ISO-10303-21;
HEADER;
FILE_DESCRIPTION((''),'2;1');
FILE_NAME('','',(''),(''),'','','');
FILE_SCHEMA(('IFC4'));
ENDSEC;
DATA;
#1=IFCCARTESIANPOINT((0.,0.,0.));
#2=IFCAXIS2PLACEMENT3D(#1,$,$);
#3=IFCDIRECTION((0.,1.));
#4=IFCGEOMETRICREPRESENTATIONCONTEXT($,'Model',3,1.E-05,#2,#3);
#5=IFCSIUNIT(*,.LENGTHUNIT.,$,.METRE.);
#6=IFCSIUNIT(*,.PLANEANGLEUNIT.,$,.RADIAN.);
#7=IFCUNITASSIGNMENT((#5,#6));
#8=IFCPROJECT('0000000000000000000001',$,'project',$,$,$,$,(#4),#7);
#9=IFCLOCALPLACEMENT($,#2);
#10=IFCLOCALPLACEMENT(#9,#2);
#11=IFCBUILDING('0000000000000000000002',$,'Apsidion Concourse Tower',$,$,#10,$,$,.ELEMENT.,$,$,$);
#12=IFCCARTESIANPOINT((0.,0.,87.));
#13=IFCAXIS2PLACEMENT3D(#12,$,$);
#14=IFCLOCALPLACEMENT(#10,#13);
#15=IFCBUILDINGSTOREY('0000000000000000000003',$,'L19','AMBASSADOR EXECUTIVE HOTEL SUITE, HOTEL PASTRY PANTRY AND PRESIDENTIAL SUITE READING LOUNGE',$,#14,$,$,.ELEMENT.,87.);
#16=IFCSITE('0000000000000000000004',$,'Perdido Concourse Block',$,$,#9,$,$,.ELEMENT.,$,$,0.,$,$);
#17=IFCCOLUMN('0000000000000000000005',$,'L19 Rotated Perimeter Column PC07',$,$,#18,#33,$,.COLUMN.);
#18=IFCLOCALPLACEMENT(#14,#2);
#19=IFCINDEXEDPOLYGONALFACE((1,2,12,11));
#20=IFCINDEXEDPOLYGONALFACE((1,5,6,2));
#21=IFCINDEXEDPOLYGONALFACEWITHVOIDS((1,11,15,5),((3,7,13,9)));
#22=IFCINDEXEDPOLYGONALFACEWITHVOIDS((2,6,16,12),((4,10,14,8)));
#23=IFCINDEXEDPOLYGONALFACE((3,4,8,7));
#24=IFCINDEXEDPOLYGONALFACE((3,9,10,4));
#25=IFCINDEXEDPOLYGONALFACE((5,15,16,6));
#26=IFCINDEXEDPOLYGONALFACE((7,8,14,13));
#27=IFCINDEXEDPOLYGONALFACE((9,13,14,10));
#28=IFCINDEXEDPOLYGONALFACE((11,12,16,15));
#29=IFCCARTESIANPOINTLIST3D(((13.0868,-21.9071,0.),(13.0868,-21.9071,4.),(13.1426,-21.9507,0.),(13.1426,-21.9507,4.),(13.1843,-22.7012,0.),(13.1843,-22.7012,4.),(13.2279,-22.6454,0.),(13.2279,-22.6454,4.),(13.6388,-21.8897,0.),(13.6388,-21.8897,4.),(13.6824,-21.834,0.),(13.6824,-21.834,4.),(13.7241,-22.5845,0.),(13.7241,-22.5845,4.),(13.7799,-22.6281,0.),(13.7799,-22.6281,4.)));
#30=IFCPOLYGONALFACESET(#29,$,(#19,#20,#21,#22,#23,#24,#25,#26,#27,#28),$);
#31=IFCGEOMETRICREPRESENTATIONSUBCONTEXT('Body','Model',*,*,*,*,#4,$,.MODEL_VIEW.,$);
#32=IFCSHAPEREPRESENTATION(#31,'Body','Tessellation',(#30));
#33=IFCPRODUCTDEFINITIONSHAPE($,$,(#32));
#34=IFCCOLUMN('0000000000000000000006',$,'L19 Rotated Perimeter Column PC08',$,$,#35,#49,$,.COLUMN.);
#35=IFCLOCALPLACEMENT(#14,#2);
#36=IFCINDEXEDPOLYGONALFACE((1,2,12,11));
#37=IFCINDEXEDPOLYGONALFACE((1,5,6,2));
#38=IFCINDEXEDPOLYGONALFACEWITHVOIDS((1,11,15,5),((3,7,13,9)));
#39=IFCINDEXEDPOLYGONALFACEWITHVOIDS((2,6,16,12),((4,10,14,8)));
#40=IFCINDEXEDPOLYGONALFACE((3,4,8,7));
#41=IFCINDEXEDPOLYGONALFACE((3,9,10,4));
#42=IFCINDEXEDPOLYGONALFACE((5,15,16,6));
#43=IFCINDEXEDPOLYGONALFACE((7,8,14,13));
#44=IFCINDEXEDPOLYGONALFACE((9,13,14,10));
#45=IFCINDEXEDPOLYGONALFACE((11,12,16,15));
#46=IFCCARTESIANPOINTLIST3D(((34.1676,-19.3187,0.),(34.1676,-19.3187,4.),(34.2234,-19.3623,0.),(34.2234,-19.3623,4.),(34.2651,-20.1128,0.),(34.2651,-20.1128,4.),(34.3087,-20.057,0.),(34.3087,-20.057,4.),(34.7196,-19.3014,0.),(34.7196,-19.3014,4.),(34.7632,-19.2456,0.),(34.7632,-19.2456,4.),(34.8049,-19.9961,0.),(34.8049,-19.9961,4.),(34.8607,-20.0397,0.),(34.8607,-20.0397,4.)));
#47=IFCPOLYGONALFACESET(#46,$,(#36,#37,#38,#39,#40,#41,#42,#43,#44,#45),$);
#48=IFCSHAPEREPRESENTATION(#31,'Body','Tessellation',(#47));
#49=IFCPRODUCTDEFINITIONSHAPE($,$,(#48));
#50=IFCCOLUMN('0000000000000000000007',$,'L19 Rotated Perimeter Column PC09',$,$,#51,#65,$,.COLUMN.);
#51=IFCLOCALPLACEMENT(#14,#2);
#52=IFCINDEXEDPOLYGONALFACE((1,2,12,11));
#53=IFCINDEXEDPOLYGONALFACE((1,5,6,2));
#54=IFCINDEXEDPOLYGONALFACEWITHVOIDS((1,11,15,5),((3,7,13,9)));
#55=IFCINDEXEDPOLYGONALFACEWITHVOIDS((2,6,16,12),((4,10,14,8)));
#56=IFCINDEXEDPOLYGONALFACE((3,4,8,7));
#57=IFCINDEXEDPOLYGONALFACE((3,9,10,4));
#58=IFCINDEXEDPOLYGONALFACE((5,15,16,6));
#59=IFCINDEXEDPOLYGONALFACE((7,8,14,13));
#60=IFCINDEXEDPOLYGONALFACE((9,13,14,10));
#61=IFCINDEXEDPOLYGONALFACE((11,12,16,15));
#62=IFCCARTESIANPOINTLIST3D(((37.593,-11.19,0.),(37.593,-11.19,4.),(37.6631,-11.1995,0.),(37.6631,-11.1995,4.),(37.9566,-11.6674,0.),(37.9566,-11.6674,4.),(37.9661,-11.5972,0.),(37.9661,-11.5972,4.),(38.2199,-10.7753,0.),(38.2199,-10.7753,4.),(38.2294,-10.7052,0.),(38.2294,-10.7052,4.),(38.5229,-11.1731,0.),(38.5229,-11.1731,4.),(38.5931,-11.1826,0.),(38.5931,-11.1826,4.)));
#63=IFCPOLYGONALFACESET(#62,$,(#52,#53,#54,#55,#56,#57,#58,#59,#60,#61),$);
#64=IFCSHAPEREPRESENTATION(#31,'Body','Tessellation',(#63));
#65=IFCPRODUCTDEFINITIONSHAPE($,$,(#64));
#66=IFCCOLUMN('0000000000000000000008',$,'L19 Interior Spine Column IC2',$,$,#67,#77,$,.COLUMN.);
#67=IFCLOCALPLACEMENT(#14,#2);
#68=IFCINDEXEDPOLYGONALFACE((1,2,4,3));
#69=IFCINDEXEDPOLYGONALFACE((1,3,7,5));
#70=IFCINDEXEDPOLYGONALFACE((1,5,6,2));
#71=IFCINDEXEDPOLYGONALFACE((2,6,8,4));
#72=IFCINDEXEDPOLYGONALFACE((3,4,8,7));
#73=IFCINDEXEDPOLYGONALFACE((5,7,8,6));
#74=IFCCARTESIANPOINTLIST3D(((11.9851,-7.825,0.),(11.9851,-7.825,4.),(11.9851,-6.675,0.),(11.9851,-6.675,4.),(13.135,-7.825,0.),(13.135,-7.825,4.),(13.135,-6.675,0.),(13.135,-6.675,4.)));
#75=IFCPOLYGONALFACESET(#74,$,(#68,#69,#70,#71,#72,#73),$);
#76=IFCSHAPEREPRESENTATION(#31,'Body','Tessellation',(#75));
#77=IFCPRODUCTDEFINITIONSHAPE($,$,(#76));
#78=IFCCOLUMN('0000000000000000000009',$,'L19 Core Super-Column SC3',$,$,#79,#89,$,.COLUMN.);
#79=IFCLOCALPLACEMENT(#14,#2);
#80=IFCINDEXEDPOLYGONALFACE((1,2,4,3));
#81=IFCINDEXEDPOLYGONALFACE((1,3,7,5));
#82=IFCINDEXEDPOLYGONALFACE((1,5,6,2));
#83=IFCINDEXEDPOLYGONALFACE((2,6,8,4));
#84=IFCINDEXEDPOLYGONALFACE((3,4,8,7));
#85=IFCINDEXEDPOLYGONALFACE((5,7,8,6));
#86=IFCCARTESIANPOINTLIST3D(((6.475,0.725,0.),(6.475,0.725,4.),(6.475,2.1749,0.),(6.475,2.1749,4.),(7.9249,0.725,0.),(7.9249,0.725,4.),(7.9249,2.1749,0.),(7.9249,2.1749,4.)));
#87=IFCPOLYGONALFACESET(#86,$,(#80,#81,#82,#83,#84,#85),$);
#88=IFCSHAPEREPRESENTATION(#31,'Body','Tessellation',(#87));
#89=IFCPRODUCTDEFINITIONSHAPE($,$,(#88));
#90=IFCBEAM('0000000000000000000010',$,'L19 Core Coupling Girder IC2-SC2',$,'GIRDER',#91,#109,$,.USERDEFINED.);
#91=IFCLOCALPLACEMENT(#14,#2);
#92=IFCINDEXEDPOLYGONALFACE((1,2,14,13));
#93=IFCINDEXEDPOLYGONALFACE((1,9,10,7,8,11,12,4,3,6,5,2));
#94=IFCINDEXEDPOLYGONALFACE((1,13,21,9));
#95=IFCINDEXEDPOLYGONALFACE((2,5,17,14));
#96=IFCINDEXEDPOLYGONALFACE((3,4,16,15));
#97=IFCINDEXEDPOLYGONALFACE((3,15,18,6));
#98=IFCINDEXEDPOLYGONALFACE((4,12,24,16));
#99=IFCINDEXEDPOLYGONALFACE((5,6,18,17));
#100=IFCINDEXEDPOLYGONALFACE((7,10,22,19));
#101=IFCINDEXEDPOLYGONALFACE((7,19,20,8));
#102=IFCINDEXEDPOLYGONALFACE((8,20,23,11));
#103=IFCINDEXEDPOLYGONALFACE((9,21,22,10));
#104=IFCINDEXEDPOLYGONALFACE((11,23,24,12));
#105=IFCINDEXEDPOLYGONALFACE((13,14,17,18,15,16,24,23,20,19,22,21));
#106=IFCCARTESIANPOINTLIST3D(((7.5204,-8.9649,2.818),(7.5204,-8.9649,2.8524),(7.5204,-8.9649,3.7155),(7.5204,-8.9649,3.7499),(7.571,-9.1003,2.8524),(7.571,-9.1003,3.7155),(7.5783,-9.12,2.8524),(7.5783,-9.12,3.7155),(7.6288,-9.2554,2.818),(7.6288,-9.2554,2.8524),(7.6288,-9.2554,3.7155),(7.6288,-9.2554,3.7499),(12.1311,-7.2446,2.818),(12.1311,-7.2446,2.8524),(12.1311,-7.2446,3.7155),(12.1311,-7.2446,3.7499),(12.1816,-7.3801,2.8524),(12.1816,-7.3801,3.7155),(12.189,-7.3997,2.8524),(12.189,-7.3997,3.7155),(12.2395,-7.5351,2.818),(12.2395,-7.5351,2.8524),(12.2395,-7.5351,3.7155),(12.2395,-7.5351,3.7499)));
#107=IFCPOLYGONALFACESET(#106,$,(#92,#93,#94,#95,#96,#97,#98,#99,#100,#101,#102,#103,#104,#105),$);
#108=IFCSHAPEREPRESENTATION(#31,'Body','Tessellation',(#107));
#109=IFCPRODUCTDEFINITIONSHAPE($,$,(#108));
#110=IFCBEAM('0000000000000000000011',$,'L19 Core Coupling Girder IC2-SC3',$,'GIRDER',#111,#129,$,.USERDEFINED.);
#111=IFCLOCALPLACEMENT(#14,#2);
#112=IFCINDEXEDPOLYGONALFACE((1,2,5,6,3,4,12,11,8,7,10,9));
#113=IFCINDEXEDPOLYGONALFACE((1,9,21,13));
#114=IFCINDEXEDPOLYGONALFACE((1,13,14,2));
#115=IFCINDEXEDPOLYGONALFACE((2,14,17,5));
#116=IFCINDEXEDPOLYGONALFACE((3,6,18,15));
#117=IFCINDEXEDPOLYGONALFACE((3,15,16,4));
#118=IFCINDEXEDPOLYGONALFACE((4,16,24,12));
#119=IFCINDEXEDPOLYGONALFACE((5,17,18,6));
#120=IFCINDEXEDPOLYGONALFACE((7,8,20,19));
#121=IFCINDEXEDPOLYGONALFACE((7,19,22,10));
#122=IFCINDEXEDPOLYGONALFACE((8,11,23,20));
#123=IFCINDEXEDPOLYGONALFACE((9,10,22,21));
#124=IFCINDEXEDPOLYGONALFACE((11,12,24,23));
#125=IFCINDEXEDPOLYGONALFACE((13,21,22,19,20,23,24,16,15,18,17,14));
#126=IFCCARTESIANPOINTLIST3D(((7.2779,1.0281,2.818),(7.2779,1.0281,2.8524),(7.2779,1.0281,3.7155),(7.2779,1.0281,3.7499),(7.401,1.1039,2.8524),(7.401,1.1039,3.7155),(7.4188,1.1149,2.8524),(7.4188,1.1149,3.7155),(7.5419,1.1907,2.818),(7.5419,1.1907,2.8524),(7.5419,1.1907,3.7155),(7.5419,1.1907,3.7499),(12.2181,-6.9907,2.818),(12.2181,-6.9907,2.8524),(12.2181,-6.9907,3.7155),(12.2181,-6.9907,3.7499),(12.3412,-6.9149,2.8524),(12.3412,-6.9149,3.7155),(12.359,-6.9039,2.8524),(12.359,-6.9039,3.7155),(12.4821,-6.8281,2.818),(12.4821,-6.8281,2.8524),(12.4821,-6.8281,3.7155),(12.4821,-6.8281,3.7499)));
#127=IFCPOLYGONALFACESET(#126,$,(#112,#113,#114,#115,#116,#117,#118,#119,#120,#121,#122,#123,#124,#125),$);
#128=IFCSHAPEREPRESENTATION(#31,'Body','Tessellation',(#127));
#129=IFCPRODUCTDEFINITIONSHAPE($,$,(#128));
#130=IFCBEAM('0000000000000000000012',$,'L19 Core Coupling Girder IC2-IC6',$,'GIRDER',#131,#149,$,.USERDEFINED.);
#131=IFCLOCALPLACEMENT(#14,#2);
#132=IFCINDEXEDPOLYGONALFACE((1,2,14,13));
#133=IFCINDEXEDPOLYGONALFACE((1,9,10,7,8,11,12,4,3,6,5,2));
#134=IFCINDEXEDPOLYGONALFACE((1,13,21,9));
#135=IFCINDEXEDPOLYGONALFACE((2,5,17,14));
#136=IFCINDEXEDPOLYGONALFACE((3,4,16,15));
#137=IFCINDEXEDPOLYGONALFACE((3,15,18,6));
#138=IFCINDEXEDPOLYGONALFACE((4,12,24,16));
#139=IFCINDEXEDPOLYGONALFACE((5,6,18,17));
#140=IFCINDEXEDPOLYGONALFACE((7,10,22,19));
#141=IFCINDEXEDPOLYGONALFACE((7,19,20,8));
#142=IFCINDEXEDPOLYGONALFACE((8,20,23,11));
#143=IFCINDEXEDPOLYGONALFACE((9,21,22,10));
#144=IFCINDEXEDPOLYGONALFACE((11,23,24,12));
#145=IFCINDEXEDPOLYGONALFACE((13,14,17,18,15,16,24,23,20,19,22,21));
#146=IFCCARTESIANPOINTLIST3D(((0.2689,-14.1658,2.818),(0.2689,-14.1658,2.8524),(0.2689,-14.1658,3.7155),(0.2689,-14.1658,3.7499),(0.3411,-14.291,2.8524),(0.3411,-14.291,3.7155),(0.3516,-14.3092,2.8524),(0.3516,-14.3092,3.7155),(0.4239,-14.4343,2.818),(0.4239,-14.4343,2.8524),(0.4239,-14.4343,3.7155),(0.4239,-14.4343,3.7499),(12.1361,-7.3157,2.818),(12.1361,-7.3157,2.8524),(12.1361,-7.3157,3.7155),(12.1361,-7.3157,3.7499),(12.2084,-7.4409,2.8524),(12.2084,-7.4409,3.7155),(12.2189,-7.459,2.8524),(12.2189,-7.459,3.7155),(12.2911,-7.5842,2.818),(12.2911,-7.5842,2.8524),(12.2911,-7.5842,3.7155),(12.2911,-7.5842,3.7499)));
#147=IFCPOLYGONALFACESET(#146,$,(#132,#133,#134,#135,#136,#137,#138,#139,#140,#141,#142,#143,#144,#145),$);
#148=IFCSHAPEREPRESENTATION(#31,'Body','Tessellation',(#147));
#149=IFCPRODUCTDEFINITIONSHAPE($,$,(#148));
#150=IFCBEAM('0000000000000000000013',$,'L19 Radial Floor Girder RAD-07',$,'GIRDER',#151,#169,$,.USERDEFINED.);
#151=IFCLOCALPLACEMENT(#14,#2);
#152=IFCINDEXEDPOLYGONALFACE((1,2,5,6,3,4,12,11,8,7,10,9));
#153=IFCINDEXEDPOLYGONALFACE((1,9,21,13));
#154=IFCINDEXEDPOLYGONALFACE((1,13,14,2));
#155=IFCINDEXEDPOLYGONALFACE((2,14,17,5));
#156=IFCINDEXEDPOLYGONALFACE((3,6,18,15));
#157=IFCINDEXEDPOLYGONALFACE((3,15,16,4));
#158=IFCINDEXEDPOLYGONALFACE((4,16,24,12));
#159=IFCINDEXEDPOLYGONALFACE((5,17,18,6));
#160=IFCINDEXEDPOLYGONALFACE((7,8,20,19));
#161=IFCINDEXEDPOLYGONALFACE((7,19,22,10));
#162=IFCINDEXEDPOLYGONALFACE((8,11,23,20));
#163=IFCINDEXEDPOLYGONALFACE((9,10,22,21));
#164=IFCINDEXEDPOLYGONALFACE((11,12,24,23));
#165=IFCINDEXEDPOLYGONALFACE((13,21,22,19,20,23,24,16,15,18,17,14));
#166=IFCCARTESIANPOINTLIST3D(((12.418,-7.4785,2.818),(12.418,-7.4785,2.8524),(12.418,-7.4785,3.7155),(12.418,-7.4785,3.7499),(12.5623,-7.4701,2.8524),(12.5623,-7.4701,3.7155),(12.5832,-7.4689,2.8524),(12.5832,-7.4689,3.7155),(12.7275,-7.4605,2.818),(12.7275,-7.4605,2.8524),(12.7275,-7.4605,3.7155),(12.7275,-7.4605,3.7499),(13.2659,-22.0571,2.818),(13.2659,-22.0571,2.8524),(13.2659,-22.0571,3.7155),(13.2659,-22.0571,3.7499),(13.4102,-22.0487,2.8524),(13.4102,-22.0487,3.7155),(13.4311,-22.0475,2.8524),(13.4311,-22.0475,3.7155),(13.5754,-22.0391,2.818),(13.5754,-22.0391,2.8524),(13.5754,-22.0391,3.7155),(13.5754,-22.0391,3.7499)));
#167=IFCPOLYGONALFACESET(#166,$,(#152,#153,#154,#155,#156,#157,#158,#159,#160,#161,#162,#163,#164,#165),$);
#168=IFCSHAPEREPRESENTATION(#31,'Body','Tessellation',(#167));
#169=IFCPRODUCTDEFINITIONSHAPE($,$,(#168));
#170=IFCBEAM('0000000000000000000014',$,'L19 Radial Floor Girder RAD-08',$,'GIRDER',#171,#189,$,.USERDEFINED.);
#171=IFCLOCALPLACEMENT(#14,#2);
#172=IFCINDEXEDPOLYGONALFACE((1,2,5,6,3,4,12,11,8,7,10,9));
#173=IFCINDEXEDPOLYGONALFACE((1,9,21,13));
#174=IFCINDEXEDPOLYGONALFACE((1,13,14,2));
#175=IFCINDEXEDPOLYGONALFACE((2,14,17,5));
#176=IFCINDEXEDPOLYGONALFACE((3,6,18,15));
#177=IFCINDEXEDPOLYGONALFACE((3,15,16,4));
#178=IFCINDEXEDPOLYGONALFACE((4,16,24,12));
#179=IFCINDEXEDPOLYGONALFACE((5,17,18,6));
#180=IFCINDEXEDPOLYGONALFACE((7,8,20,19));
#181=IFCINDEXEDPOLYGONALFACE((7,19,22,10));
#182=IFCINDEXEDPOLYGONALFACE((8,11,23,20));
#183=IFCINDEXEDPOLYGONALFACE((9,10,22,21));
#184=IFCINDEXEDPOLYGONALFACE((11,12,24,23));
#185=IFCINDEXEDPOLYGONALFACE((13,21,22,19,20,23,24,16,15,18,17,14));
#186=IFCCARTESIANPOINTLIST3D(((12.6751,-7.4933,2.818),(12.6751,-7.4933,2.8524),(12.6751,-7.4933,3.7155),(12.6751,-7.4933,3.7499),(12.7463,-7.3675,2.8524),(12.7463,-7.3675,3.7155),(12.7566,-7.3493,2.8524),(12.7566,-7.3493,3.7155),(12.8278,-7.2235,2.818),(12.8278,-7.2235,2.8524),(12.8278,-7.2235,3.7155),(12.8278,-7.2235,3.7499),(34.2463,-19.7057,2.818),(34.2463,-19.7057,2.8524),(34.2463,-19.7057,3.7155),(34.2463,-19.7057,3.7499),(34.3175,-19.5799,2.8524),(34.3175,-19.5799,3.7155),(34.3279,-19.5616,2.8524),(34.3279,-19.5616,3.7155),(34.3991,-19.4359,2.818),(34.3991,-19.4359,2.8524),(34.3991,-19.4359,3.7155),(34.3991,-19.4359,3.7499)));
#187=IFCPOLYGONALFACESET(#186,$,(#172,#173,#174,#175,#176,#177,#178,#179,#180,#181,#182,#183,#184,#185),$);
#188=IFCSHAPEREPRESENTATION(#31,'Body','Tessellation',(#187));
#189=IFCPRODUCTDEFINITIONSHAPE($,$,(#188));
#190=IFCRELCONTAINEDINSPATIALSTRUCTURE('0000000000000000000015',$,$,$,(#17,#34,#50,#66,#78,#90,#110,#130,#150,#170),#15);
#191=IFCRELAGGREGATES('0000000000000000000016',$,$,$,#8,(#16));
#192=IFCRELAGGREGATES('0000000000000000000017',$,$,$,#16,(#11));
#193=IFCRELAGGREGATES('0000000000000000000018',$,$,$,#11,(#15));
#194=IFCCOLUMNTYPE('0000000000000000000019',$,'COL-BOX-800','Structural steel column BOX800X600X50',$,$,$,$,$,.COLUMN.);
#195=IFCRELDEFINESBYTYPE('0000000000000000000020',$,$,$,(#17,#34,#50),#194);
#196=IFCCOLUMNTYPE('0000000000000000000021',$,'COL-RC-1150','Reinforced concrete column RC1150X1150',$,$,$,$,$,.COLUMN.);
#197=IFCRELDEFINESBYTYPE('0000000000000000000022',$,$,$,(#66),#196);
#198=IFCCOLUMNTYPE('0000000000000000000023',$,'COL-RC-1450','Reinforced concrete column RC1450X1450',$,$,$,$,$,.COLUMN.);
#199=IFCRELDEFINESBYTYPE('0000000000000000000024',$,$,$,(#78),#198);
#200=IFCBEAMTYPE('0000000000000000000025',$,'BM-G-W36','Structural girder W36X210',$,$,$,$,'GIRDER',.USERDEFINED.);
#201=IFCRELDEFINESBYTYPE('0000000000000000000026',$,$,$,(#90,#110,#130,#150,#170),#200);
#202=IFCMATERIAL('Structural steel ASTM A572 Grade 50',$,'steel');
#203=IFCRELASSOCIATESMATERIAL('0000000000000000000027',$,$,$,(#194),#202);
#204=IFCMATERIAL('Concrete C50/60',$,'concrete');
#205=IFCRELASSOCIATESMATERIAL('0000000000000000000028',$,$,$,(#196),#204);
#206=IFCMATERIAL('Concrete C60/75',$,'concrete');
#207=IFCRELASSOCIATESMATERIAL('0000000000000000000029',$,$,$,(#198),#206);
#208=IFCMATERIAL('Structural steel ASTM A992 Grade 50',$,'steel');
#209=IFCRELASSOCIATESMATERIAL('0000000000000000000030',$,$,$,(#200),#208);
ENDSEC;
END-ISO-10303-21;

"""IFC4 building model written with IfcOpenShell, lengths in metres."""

from ifc_helpers import new_model, si_unit, direction, frame, origin, origin_2d, place, context, subcontext, project, spatial, rectangle, hollow_rectangle, i_section, extrude, material, material_profile, profile_set, type_object, element, save


model = new_model("IFC4")

# Units and contexts
model_context = context("Model", 3, precision=1e-05, world=origin(), true_north=direction((0.0, 1.0)))
body_context = subcontext(model_context, "Body", "Model", "MODEL_VIEW")
ifc_project = project(units=[si_unit("LENGTHUNIT", "METRE"), si_unit("PLANEANGLEUNIT", "RADIAN")], contexts=[model_context])

# Site, building, storey
site_placement = place(None, origin())
site = spatial("IfcSite", under=ifc_project, at=site_placement, Name="Perdido Concourse Block", CompositionType="ELEMENT", RefElevation=0.0)
building_placement = place(site_placement, origin())
building = spatial("IfcBuilding", under=site, at=building_placement, Name="Apsidion Concourse Tower", CompositionType="ELEMENT")
storey_placement = place(building_placement, frame((0.0, 0.0, 87.0)))
storey = spatial("IfcBuildingStorey", under=building, at=storey_placement, Name="L19", Description="AMBASSADOR EXECUTIVE HOTEL SUITE, HOTEL PASTRY PANTRY AND PRESIDENTIAL SUITE READING LOUNGE", CompositionType="ELEMENT", Elevation=87.0)

# Columns
ifc_material_1 = material(Name="Structural steel ASTM A572 Grade 50", Category="steel")
ifc_material_profile_1 = material_profile(ifc_material_1, hollow_rectangle(XDim=0.6001, YDim=0.8, WallThickness=0.05, at=origin_2d()), Name="BOX800X600X50")
ifc_profile_set_1 = profile_set([ifc_material_profile_1], Name="Structural steel ASTM A572 Grade 50")
column_type_1 = type_object("IfcColumnType", Name="COL-BOX-800", Description="Structural steel column BOX800X600X50", PredefinedType="COLUMN", material=ifc_profile_set_1)
for number, where, z_axis, x_axis, name in (
    (1, (13.4333, -22.2676, 0.0), (0.0, 0.0, 1.0), (0.992546, 0.121869, 0.0), "L19 Rotated Perimeter Column PC07"),
    (2, (34.5142, -19.6792, 0.0), (0.0, 0.0, 1.0), (0.992546, 0.121869, 0.0), "L19 Rotated Perimeter Column PC08"),
    (3, (38.093, -11.1863, 0.0), (0.0, 0.0, 1.0), (-0.605988, 0.795473, 0.0), "L19 Rotated Perimeter Column PC09"),
):
    element("IfcColumn", number, at=place(storey_placement, frame(where, z_axis=z_axis, x_axis=x_axis)), inside=storey, type_object=column_type_1, Name=name, PredefinedType="COLUMN", context=body_context, shape_type="SweptSolid", body=[
        extrude(hollow_rectangle(XDim=0.6001, YDim=0.8, WallThickness=0.05, at=origin_2d()), origin(), (0.0, 0.0, 1.0), 4.0),
    ])
ifc_material_2 = material(Name="Concrete C50/60", Category="concrete")
ifc_material_profile_2 = material_profile(ifc_material_2, rectangle(XDim=1.1499, YDim=1.1499, at=origin_2d()), Name="RC 1150x1150")
ifc_profile_set_2 = profile_set([ifc_material_profile_2], Name="Concrete C50/60")
column_type_2 = type_object("IfcColumnType", Name="COL-RC-1150", Description="Reinforced concrete column RC1150X1150", PredefinedType="COLUMN", material=ifc_profile_set_2)
column_1_placement = place(storey_placement, frame((12.5601, -7.25, 0.0), z_axis=(0.0, 0.0, 1.0), x_axis=(1.0, 0.0, 0.0)))
element("IfcColumn", 4, at=column_1_placement, inside=storey, type_object=column_type_2, Name="L19 Interior Spine Column IC2", PredefinedType="COLUMN", context=body_context, shape_type="SweptSolid", body=[
    extrude(rectangle(XDim=1.1499, YDim=1.1499, at=origin_2d()), origin(), (0.0, 0.0, 1.0), 4.0),
])
ifc_material_3 = material(Name="Concrete C60/75", Category="concrete")
ifc_material_profile_3 = material_profile(ifc_material_3, rectangle(XDim=1.45, YDim=1.45, at=origin_2d()), Name="RC 1450x1450")
ifc_profile_set_3 = profile_set([ifc_material_profile_3], Name="Concrete C60/75")
column_type_3 = type_object("IfcColumnType", Name="COL-RC-1450", Description="Reinforced concrete column RC1450X1450", PredefinedType="COLUMN", material=ifc_profile_set_3)
column_2_placement = place(storey_placement, frame((7.2, 1.45, 0.0), z_axis=(0.0, 0.0, 1.0), x_axis=(1.0, 0.0, 0.0)))
element("IfcColumn", 5, at=column_2_placement, inside=storey, type_object=column_type_3, Name="L19 Core Super-Column SC3", PredefinedType="COLUMN", context=body_context, shape_type="SweptSolid", body=[
    extrude(rectangle(XDim=1.45, YDim=1.45, at=origin_2d()), origin(), (0.0, 0.0, 1.0), 4.0),
])

# Beams
ifc_material_4 = material(Name="Structural steel ASTM A992 Grade 50", Category="steel")
ifc_material_profile_4 = material_profile(ifc_material_4, i_section(OverallWidth=0.3101, OverallDepth=0.9319, WebThickness=0.021, FlangeThickness=0.0344, at=origin_2d()), Name="W36X210")
ifc_profile_set_4 = profile_set([ifc_material_profile_4], Name="Structural steel ASTM A992 Grade 50")
beam_type_1 = type_object("IfcBeamType", Name="BM-G-W36", Description="Structural girder W36X210", ElementType="GIRDER", PredefinedType="USERDEFINED", material=ifc_profile_set_4)
beam_1_placement = place(storey_placement, frame((12.1853, -7.3899, 3.2839), z_axis=(-0.936913, -0.349563, 0.0), x_axis=(0.349563, -0.936913, 0.0)))
element("IfcBeam", 6, at=beam_1_placement, inside=storey, type_object=beam_type_1, Name="L19 Core Coupling Girder IC2-SC2", ObjectType="GIRDER", PredefinedType="USERDEFINED", context=body_context, shape_type="SweptSolid", body=[
    extrude(i_section(OverallWidth=0.3101, OverallDepth=0.9319, WebThickness=0.021, FlangeThickness=0.0344, at=origin_2d()), origin(), (0.0, 0.0, 1.0), 4.9211),
])
beam_2_placement = place(storey_placement, frame((12.3501, -6.9094, 3.2839), z_axis=(-0.524524, 0.851396, 0.0), x_axis=(-0.851396, -0.524524, 0.0)))
element("IfcBeam", 7, at=beam_2_placement, inside=storey, type_object=beam_type_1, Name="L19 Core Coupling Girder IC2-SC3", ObjectType="GIRDER", PredefinedType="USERDEFINED", context=body_context, shape_type="SweptSolid", body=[
    extrude(i_section(OverallWidth=0.3101, OverallDepth=0.9319, WebThickness=0.021, FlangeThickness=0.0344, at=origin_2d()), origin(), (0.0, 0.0, 1.0), 9.4185),
])
beam_3_placement = place(storey_placement, frame((12.2136, -7.45, 3.2839), z_axis=(-0.86607, -0.499922, 0.0), x_axis=(0.499922, -0.86607, 0.0)))
element("IfcBeam", 8, at=beam_3_placement, inside=storey, type_object=beam_type_1, Name="L19 Core Coupling Girder IC2-IC6", ObjectType="GIRDER", PredefinedType="USERDEFINED", context=body_context, shape_type="SweptSolid", body=[
    extrude(i_section(OverallWidth=0.3101, OverallDepth=0.9319, WebThickness=0.021, FlangeThickness=0.0344, at=origin_2d()), origin(), (0.0, 0.0, 1.0), 13.7024),
])
beam_4_placement = place(storey_placement, frame((12.5728, -7.4695, 3.2839), z_axis=(0.058062, -0.998313, 0.0), x_axis=(0.998313, 0.058062, 0.0)))
element("IfcBeam", 9, at=beam_4_placement, inside=storey, type_object=beam_type_1, Name="L19 Radial Floor Girder RAD-07", ObjectType="GIRDER", PredefinedType="USERDEFINED", context=body_context, shape_type="SweptSolid", body=[
    extrude(i_section(OverallWidth=0.3101, OverallDepth=0.9319, WebThickness=0.021, FlangeThickness=0.0344, at=origin_2d()), origin(), (0.0, 0.0, 1.0), 14.6033),
])
beam_5_placement = place(storey_placement, frame((12.7515, -7.3584, 3.2839), z_axis=(0.870218, -0.492667, 0.0), x_axis=(0.492667, 0.870218, 0.0)))
element("IfcBeam", 10, at=beam_5_placement, inside=storey, type_object=beam_type_1, Name="L19 Radial Floor Girder RAD-08", ObjectType="GIRDER", PredefinedType="USERDEFINED", context=body_context, shape_type="SweptSolid", body=[
    extrude(i_section(OverallWidth=0.3101, OverallDepth=0.9319, WebThickness=0.021, FlangeThickness=0.0344, at=origin_2d()), origin(), (0.0, 0.0, 1.0), 24.7883),
])

save(model, "model.ifc")
